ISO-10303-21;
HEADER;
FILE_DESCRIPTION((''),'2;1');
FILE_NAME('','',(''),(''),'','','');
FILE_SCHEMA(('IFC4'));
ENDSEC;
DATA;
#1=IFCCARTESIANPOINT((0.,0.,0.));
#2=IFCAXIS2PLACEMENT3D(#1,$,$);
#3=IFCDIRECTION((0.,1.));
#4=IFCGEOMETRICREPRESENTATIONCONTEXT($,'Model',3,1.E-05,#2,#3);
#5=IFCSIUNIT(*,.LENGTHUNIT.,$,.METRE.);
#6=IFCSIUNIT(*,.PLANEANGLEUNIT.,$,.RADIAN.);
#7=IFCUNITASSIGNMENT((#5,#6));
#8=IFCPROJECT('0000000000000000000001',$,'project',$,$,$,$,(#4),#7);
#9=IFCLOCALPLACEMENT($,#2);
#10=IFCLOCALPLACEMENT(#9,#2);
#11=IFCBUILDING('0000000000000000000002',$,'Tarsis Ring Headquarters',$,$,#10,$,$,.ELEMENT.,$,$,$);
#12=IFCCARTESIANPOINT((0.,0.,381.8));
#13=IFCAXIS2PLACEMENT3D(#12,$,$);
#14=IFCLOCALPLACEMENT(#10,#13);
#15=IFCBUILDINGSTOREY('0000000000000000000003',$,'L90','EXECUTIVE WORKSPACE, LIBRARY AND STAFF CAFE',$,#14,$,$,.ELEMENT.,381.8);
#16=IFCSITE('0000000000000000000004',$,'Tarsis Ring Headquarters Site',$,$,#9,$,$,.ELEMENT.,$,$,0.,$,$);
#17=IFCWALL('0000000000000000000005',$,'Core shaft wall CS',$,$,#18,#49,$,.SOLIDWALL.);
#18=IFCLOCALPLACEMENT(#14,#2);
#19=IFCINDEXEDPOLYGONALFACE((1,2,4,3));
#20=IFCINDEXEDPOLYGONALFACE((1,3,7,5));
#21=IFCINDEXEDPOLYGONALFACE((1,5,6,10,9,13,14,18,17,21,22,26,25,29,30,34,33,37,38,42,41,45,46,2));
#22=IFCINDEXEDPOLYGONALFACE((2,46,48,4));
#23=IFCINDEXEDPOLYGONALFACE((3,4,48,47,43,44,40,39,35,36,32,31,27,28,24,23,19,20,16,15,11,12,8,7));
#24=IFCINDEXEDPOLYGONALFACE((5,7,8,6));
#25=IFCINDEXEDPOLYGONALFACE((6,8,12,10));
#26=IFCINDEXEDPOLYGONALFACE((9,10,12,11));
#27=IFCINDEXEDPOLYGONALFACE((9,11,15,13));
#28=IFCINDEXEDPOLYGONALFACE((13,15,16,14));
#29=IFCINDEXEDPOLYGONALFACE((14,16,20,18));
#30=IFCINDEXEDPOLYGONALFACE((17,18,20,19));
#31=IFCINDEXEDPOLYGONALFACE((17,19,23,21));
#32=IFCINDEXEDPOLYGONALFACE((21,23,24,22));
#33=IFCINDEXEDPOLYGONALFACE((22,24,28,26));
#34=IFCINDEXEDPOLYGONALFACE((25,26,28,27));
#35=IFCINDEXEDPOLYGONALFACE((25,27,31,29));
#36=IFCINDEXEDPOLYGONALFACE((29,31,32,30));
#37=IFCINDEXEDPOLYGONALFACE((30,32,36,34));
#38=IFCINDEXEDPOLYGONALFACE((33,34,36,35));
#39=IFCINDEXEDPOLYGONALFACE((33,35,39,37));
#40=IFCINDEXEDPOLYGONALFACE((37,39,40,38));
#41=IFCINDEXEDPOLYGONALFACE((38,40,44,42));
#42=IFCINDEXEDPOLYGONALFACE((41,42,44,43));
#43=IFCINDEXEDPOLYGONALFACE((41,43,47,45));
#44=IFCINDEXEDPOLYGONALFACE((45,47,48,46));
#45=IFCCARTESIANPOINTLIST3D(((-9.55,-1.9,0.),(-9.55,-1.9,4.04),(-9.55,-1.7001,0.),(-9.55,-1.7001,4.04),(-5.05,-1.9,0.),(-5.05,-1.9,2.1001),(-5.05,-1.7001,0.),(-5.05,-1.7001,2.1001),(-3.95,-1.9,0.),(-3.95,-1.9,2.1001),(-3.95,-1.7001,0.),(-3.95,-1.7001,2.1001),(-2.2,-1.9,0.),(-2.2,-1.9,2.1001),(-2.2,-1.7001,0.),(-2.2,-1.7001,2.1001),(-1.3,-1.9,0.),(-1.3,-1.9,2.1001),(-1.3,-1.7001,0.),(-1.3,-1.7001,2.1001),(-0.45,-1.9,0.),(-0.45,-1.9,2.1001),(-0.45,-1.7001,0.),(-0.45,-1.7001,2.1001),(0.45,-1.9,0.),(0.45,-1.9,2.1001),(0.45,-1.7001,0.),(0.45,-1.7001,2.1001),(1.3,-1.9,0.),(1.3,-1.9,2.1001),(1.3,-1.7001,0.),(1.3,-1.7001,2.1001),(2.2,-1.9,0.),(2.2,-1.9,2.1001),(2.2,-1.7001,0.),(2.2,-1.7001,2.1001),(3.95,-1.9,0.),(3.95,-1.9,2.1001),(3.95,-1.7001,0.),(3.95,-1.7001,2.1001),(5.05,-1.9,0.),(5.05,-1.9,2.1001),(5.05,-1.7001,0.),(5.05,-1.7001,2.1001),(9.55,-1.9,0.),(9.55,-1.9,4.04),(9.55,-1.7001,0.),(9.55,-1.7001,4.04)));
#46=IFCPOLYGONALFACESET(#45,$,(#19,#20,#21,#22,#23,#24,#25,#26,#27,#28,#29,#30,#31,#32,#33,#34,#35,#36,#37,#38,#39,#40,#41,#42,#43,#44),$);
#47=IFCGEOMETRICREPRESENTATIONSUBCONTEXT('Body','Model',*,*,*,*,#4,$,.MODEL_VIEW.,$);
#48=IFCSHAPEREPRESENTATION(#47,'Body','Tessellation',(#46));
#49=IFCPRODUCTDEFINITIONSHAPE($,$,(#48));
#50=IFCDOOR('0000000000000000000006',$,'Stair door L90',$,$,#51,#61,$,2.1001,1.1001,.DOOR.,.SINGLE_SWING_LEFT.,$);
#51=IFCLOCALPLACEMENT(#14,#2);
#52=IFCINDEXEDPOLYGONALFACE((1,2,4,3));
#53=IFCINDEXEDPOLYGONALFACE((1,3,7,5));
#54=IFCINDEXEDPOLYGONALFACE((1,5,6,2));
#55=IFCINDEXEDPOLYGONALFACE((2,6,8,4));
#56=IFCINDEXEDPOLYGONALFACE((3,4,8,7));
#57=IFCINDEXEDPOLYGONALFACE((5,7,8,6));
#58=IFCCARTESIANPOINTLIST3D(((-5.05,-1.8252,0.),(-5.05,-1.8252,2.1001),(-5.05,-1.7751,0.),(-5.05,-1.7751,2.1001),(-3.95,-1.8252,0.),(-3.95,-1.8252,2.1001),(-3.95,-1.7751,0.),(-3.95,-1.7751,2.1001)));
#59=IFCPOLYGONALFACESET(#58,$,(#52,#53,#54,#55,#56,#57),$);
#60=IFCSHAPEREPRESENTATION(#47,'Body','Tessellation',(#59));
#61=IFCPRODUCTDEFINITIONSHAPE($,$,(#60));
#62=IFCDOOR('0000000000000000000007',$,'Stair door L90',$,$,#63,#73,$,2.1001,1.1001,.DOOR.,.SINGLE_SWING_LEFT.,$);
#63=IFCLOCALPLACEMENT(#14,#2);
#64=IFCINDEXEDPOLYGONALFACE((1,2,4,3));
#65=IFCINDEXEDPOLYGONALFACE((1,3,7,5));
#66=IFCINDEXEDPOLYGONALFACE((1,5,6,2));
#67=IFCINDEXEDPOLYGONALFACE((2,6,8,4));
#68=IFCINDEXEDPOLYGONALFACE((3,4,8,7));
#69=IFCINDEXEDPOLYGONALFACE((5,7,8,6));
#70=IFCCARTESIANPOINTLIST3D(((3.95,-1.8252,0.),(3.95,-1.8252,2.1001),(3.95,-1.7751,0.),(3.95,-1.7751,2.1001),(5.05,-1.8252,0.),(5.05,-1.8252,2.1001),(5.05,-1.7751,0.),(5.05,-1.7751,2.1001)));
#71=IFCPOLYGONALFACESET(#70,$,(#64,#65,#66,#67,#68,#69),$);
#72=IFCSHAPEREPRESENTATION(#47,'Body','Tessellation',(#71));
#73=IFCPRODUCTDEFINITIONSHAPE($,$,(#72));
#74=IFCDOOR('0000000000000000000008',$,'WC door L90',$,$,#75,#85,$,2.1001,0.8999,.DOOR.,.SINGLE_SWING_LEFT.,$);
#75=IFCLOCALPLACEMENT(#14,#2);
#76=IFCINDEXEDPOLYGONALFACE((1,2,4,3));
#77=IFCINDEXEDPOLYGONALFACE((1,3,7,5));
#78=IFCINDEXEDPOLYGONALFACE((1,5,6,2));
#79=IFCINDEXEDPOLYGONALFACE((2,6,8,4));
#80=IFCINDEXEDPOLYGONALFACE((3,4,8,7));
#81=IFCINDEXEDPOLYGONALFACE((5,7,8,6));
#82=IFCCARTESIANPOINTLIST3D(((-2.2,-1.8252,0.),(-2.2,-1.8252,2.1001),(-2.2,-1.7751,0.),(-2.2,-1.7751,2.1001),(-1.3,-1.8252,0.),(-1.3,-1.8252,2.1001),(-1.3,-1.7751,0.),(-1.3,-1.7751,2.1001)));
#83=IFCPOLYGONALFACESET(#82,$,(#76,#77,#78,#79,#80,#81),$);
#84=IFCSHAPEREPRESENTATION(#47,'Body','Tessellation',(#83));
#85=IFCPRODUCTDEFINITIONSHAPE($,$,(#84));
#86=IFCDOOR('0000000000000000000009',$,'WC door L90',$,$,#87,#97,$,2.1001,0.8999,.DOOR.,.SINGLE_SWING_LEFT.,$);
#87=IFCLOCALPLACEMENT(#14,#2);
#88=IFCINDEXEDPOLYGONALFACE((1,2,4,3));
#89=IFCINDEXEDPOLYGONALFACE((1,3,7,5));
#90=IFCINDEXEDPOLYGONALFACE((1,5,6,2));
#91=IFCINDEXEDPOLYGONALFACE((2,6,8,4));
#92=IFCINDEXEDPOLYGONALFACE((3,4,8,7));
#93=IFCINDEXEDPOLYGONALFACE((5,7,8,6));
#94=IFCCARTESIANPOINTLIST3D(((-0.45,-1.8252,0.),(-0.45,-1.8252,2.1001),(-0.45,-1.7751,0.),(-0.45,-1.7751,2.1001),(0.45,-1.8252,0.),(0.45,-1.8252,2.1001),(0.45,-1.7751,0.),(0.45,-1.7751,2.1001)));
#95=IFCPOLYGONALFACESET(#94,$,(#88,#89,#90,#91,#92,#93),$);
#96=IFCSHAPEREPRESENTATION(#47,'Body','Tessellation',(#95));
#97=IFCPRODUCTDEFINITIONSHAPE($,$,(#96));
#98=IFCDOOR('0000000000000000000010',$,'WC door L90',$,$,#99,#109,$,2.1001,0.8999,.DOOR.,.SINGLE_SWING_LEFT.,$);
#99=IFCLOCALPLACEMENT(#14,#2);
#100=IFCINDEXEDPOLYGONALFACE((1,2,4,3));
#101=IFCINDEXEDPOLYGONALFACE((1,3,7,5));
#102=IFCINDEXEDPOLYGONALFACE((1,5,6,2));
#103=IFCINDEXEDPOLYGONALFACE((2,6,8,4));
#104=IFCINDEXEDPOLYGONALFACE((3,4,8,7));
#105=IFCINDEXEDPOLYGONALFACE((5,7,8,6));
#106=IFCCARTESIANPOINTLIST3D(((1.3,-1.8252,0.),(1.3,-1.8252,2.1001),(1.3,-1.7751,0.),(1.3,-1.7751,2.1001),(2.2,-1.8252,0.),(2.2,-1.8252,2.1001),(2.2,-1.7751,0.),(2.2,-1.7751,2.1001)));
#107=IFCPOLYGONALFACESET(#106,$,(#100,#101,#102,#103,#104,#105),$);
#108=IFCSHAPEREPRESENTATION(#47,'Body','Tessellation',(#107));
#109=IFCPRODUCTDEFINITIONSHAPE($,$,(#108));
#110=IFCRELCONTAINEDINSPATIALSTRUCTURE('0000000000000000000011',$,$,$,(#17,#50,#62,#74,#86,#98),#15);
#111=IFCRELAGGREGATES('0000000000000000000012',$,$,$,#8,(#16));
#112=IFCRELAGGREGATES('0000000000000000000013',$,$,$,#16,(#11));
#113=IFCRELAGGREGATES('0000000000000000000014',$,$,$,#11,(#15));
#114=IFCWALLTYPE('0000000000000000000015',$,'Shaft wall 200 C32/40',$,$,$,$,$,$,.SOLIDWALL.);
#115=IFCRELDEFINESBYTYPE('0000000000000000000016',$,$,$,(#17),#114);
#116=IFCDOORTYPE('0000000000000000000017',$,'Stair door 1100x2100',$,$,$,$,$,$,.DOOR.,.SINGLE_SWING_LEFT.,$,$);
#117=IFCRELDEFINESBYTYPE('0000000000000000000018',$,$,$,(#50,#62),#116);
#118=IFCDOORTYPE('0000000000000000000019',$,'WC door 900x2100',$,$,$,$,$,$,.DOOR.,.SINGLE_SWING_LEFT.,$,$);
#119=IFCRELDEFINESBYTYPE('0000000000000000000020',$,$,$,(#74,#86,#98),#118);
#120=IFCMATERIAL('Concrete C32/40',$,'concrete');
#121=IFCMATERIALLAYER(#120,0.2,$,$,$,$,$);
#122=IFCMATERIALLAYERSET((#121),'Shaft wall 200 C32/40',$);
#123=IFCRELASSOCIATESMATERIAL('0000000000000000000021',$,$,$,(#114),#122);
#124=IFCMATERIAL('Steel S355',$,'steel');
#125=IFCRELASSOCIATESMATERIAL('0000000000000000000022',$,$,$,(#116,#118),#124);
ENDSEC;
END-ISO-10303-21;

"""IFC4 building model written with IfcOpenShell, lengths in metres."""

from ifc_helpers import new_model, si_unit, direction, frame, frame_2d, origin, place, context, subcontext, project, spatial, rectangle, extrude, material, layer, layer_set, type_object, element, fill, save


model = new_model("IFC4")

# Units and contexts
model_context = context("Model", 3, precision=1e-05, world=origin(), true_north=direction((0.0, 1.0)))
body_context = subcontext(model_context, "Body", "Model", "MODEL_VIEW")
ifc_project = project(units=[si_unit("LENGTHUNIT", "METRE"), si_unit("PLANEANGLEUNIT", "RADIAN")], contexts=[model_context])

# Site, building, storey
site_placement = place(None, origin())
site = spatial("IfcSite", under=ifc_project, at=site_placement, Name="Tarsis Ring Headquarters Site", CompositionType="ELEMENT", RefElevation=0.0)
building_placement = place(site_placement, origin())
building = spatial("IfcBuilding", under=site, at=building_placement, Name="Tarsis Ring Headquarters", CompositionType="ELEMENT")
storey_placement = place(building_placement, frame((0.0, 0.0, 381.8)))
storey = spatial("IfcBuildingStorey", under=building, at=storey_placement, Name="L90", Description="EXECUTIVE WORKSPACE, LIBRARY AND STAFF CAFE", CompositionType="ELEMENT", Elevation=381.8)

# Wall, openings, doors
ifc_material_1 = material(Name="Concrete C32/40", Category="concrete")
ifc_layer_1 = layer(ifc_material_1, 0.2)
ifc_layer_set_1 = layer_set([ifc_layer_1], Name="Shaft wall 200 C32/40")
wall_type_1 = type_object("IfcWallType", Name="Shaft wall 200 C32/40", PredefinedType="SOLIDWALL", material=ifc_layer_set_1)
wall_1_placement = place(storey_placement, frame((-9.55, -1.8, 0.0), z_axis=(0.0, 0.0, 1.0), x_axis=(1.0, 0.0, 0.0)))
wall_1 = element("IfcWall", 1, at=wall_1_placement, inside=storey, type_object=wall_type_1, Name="Core shaft wall CS", PredefinedType="SOLIDWALL", context=body_context, shape_type="SweptSolid", body=[
    extrude(rectangle(XDim=19.1001, YDim=0.2, at=frame_2d((9.55, 0.0))), origin(), (0.0, 0.0, 1.0), 4.04),
])
opening_1_placement = place(wall_1_placement, frame((4.5, 0.0, 0.0)))
opening_1 = element("IfcOpeningElement", 2, at=opening_1_placement, cuts=wall_1, PredefinedType="OPENING", context=body_context, shape_type="SweptSolid", body=[
    extrude(rectangle(XDim=1.1001, YDim=2.1001, at=frame_2d((0.55, 1.05))), frame((0.0, 0.1099, 0.0), z_axis=(0.0, -1.0, 0.0), x_axis=(1.0, 0.0, 0.0)), (0.0, 0.0, 1.0), 0.22),
])
opening_2_placement = place(wall_1_placement, frame((7.3501, 0.0, 0.0)))
opening_2 = element("IfcOpeningElement", 3, at=opening_2_placement, cuts=wall_1, PredefinedType="OPENING", context=body_context, shape_type="SweptSolid", body=[
    extrude(rectangle(XDim=0.8999, YDim=2.1001, at=frame_2d((0.45, 1.05))), frame((0.0, 0.1099, 0.0), z_axis=(0.0, -1.0, 0.0), x_axis=(1.0, 0.0, 0.0)), (0.0, 0.0, 1.0), 0.22),
])
opening_3_placement = place(wall_1_placement, frame((9.1001, 0.0, 0.0)))
opening_3 = element("IfcOpeningElement", 4, at=opening_3_placement, cuts=wall_1, PredefinedType="OPENING", context=body_context, shape_type="SweptSolid", body=[
    extrude(rectangle(XDim=0.8999, YDim=2.1001, at=frame_2d((0.45, 1.05))), frame((0.0, 0.1099, 0.0), z_axis=(0.0, -1.0, 0.0), x_axis=(1.0, 0.0, 0.0)), (0.0, 0.0, 1.0), 0.22),
])
opening_4_placement = place(wall_1_placement, frame((10.8501, 0.0, 0.0)))
opening_4 = element("IfcOpeningElement", 5, at=opening_4_placement, cuts=wall_1, PredefinedType="OPENING", context=body_context, shape_type="SweptSolid", body=[
    extrude(rectangle(XDim=0.8999, YDim=2.1001, at=frame_2d((0.45, 1.05))), frame((0.0, 0.1099, 0.0), z_axis=(0.0, -1.0, 0.0), x_axis=(1.0, 0.0, 0.0)), (0.0, 0.0, 1.0), 0.22),
])
opening_5_placement = place(wall_1_placement, frame((13.5, 0.0, 0.0)))
opening_5 = element("IfcOpeningElement", 6, at=opening_5_placement, cuts=wall_1, PredefinedType="OPENING", context=body_context, shape_type="SweptSolid", body=[
    extrude(rectangle(XDim=1.1001, YDim=2.1001, at=frame_2d((0.55, 1.05))), frame((0.0, 0.1099, 0.0), z_axis=(0.0, -1.0, 0.0), x_axis=(1.0, 0.0, 0.0)), (0.0, 0.0, 1.0), 0.22),
])
ifc_material_2 = material(Name="Steel S355", Category="steel")
door_type_1 = type_object("IfcDoorType", Name="Stair door 1100x2100", OperationType="SINGLE_SWING_LEFT", PredefinedType="DOOR", material=ifc_material_2)
door_1_placement = place(opening_1_placement, origin())
door_1 = element("IfcDoor", 7, at=door_1_placement, inside=storey, type_object=door_type_1, Name="Stair door L90", OperationType="SINGLE_SWING_LEFT", OverallHeight=2.1001, OverallWidth=1.1001, PredefinedType="DOOR", context=body_context, shape_type="SweptSolid", body=[
    extrude(rectangle(XDim=1.1001, YDim=2.1001, at=frame_2d((0.55, 1.05))), frame((0.0, 0.0249, 0.0), z_axis=(0.0, -1.0, 0.0), x_axis=(1.0, 0.0, 0.0)), (0.0, 0.0, 1.0), 0.05),
])
fill(opening_1, door_1)
door_2_placement = place(opening_5_placement, origin())
door_2 = element("IfcDoor", 8, at=door_2_placement, inside=storey, type_object=door_type_1, Name="Stair door L90", OperationType="SINGLE_SWING_LEFT", OverallHeight=2.1001, OverallWidth=1.1001, PredefinedType="DOOR", context=body_context, shape_type="SweptSolid", body=[
    extrude(rectangle(XDim=1.1001, YDim=2.1001, at=frame_2d((0.55, 1.05))), frame((0.0, 0.0249, 0.0), z_axis=(0.0, -1.0, 0.0), x_axis=(1.0, 0.0, 0.0)), (0.0, 0.0, 1.0), 0.05),
])
fill(opening_5, door_2)
door_type_2 = type_object("IfcDoorType", Name="WC door 900x2100", OperationType="SINGLE_SWING_LEFT", PredefinedType="DOOR", material=ifc_material_2)
door_3_placement = place(opening_2_placement, origin())
door_3 = element("IfcDoor", 9, at=door_3_placement, inside=storey, type_object=door_type_2, Name="WC door L90", OperationType="SINGLE_SWING_LEFT", OverallHeight=2.1001, OverallWidth=0.8999, PredefinedType="DOOR", context=body_context, shape_type="SweptSolid", body=[
    extrude(rectangle(XDim=0.8999, YDim=2.1001, at=frame_2d((0.45, 1.05))), frame((0.0, 0.0249, 0.0), z_axis=(0.0, -1.0, 0.0), x_axis=(1.0, 0.0, 0.0)), (0.0, 0.0, 1.0), 0.05),
])
fill(opening_2, door_3)
door_4_placement = place(opening_3_placement, origin())
door_4 = element("IfcDoor", 10, at=door_4_placement, inside=storey, type_object=door_type_2, Name="WC door L90", OperationType="SINGLE_SWING_LEFT", OverallHeight=2.1001, OverallWidth=0.8999, PredefinedType="DOOR", context=body_context, shape_type="SweptSolid", body=[
    extrude(rectangle(XDim=0.8999, YDim=2.1001, at=frame_2d((0.45, 1.05))), frame((0.0, 0.0249, 0.0), z_axis=(0.0, -1.0, 0.0), x_axis=(1.0, 0.0, 0.0)), (0.0, 0.0, 1.0), 0.05),
])
fill(opening_3, door_4)
door_5_placement = place(opening_4_placement, origin())
door_5 = element("IfcDoor", 11, at=door_5_placement, inside=storey, type_object=door_type_2, Name="WC door L90", OperationType="SINGLE_SWING_LEFT", OverallHeight=2.1001, OverallWidth=0.8999, PredefinedType="DOOR", context=body_context, shape_type="SweptSolid", body=[
    extrude(rectangle(XDim=0.8999, YDim=2.1001, at=frame_2d((0.45, 1.05))), frame((0.0, 0.0249, 0.0), z_axis=(0.0, -1.0, 0.0), x_axis=(1.0, 0.0, 0.0)), (0.0, 0.0, 1.0), 0.05),
])
fill(opening_4, door_5)

save(model, "model.ifc")
